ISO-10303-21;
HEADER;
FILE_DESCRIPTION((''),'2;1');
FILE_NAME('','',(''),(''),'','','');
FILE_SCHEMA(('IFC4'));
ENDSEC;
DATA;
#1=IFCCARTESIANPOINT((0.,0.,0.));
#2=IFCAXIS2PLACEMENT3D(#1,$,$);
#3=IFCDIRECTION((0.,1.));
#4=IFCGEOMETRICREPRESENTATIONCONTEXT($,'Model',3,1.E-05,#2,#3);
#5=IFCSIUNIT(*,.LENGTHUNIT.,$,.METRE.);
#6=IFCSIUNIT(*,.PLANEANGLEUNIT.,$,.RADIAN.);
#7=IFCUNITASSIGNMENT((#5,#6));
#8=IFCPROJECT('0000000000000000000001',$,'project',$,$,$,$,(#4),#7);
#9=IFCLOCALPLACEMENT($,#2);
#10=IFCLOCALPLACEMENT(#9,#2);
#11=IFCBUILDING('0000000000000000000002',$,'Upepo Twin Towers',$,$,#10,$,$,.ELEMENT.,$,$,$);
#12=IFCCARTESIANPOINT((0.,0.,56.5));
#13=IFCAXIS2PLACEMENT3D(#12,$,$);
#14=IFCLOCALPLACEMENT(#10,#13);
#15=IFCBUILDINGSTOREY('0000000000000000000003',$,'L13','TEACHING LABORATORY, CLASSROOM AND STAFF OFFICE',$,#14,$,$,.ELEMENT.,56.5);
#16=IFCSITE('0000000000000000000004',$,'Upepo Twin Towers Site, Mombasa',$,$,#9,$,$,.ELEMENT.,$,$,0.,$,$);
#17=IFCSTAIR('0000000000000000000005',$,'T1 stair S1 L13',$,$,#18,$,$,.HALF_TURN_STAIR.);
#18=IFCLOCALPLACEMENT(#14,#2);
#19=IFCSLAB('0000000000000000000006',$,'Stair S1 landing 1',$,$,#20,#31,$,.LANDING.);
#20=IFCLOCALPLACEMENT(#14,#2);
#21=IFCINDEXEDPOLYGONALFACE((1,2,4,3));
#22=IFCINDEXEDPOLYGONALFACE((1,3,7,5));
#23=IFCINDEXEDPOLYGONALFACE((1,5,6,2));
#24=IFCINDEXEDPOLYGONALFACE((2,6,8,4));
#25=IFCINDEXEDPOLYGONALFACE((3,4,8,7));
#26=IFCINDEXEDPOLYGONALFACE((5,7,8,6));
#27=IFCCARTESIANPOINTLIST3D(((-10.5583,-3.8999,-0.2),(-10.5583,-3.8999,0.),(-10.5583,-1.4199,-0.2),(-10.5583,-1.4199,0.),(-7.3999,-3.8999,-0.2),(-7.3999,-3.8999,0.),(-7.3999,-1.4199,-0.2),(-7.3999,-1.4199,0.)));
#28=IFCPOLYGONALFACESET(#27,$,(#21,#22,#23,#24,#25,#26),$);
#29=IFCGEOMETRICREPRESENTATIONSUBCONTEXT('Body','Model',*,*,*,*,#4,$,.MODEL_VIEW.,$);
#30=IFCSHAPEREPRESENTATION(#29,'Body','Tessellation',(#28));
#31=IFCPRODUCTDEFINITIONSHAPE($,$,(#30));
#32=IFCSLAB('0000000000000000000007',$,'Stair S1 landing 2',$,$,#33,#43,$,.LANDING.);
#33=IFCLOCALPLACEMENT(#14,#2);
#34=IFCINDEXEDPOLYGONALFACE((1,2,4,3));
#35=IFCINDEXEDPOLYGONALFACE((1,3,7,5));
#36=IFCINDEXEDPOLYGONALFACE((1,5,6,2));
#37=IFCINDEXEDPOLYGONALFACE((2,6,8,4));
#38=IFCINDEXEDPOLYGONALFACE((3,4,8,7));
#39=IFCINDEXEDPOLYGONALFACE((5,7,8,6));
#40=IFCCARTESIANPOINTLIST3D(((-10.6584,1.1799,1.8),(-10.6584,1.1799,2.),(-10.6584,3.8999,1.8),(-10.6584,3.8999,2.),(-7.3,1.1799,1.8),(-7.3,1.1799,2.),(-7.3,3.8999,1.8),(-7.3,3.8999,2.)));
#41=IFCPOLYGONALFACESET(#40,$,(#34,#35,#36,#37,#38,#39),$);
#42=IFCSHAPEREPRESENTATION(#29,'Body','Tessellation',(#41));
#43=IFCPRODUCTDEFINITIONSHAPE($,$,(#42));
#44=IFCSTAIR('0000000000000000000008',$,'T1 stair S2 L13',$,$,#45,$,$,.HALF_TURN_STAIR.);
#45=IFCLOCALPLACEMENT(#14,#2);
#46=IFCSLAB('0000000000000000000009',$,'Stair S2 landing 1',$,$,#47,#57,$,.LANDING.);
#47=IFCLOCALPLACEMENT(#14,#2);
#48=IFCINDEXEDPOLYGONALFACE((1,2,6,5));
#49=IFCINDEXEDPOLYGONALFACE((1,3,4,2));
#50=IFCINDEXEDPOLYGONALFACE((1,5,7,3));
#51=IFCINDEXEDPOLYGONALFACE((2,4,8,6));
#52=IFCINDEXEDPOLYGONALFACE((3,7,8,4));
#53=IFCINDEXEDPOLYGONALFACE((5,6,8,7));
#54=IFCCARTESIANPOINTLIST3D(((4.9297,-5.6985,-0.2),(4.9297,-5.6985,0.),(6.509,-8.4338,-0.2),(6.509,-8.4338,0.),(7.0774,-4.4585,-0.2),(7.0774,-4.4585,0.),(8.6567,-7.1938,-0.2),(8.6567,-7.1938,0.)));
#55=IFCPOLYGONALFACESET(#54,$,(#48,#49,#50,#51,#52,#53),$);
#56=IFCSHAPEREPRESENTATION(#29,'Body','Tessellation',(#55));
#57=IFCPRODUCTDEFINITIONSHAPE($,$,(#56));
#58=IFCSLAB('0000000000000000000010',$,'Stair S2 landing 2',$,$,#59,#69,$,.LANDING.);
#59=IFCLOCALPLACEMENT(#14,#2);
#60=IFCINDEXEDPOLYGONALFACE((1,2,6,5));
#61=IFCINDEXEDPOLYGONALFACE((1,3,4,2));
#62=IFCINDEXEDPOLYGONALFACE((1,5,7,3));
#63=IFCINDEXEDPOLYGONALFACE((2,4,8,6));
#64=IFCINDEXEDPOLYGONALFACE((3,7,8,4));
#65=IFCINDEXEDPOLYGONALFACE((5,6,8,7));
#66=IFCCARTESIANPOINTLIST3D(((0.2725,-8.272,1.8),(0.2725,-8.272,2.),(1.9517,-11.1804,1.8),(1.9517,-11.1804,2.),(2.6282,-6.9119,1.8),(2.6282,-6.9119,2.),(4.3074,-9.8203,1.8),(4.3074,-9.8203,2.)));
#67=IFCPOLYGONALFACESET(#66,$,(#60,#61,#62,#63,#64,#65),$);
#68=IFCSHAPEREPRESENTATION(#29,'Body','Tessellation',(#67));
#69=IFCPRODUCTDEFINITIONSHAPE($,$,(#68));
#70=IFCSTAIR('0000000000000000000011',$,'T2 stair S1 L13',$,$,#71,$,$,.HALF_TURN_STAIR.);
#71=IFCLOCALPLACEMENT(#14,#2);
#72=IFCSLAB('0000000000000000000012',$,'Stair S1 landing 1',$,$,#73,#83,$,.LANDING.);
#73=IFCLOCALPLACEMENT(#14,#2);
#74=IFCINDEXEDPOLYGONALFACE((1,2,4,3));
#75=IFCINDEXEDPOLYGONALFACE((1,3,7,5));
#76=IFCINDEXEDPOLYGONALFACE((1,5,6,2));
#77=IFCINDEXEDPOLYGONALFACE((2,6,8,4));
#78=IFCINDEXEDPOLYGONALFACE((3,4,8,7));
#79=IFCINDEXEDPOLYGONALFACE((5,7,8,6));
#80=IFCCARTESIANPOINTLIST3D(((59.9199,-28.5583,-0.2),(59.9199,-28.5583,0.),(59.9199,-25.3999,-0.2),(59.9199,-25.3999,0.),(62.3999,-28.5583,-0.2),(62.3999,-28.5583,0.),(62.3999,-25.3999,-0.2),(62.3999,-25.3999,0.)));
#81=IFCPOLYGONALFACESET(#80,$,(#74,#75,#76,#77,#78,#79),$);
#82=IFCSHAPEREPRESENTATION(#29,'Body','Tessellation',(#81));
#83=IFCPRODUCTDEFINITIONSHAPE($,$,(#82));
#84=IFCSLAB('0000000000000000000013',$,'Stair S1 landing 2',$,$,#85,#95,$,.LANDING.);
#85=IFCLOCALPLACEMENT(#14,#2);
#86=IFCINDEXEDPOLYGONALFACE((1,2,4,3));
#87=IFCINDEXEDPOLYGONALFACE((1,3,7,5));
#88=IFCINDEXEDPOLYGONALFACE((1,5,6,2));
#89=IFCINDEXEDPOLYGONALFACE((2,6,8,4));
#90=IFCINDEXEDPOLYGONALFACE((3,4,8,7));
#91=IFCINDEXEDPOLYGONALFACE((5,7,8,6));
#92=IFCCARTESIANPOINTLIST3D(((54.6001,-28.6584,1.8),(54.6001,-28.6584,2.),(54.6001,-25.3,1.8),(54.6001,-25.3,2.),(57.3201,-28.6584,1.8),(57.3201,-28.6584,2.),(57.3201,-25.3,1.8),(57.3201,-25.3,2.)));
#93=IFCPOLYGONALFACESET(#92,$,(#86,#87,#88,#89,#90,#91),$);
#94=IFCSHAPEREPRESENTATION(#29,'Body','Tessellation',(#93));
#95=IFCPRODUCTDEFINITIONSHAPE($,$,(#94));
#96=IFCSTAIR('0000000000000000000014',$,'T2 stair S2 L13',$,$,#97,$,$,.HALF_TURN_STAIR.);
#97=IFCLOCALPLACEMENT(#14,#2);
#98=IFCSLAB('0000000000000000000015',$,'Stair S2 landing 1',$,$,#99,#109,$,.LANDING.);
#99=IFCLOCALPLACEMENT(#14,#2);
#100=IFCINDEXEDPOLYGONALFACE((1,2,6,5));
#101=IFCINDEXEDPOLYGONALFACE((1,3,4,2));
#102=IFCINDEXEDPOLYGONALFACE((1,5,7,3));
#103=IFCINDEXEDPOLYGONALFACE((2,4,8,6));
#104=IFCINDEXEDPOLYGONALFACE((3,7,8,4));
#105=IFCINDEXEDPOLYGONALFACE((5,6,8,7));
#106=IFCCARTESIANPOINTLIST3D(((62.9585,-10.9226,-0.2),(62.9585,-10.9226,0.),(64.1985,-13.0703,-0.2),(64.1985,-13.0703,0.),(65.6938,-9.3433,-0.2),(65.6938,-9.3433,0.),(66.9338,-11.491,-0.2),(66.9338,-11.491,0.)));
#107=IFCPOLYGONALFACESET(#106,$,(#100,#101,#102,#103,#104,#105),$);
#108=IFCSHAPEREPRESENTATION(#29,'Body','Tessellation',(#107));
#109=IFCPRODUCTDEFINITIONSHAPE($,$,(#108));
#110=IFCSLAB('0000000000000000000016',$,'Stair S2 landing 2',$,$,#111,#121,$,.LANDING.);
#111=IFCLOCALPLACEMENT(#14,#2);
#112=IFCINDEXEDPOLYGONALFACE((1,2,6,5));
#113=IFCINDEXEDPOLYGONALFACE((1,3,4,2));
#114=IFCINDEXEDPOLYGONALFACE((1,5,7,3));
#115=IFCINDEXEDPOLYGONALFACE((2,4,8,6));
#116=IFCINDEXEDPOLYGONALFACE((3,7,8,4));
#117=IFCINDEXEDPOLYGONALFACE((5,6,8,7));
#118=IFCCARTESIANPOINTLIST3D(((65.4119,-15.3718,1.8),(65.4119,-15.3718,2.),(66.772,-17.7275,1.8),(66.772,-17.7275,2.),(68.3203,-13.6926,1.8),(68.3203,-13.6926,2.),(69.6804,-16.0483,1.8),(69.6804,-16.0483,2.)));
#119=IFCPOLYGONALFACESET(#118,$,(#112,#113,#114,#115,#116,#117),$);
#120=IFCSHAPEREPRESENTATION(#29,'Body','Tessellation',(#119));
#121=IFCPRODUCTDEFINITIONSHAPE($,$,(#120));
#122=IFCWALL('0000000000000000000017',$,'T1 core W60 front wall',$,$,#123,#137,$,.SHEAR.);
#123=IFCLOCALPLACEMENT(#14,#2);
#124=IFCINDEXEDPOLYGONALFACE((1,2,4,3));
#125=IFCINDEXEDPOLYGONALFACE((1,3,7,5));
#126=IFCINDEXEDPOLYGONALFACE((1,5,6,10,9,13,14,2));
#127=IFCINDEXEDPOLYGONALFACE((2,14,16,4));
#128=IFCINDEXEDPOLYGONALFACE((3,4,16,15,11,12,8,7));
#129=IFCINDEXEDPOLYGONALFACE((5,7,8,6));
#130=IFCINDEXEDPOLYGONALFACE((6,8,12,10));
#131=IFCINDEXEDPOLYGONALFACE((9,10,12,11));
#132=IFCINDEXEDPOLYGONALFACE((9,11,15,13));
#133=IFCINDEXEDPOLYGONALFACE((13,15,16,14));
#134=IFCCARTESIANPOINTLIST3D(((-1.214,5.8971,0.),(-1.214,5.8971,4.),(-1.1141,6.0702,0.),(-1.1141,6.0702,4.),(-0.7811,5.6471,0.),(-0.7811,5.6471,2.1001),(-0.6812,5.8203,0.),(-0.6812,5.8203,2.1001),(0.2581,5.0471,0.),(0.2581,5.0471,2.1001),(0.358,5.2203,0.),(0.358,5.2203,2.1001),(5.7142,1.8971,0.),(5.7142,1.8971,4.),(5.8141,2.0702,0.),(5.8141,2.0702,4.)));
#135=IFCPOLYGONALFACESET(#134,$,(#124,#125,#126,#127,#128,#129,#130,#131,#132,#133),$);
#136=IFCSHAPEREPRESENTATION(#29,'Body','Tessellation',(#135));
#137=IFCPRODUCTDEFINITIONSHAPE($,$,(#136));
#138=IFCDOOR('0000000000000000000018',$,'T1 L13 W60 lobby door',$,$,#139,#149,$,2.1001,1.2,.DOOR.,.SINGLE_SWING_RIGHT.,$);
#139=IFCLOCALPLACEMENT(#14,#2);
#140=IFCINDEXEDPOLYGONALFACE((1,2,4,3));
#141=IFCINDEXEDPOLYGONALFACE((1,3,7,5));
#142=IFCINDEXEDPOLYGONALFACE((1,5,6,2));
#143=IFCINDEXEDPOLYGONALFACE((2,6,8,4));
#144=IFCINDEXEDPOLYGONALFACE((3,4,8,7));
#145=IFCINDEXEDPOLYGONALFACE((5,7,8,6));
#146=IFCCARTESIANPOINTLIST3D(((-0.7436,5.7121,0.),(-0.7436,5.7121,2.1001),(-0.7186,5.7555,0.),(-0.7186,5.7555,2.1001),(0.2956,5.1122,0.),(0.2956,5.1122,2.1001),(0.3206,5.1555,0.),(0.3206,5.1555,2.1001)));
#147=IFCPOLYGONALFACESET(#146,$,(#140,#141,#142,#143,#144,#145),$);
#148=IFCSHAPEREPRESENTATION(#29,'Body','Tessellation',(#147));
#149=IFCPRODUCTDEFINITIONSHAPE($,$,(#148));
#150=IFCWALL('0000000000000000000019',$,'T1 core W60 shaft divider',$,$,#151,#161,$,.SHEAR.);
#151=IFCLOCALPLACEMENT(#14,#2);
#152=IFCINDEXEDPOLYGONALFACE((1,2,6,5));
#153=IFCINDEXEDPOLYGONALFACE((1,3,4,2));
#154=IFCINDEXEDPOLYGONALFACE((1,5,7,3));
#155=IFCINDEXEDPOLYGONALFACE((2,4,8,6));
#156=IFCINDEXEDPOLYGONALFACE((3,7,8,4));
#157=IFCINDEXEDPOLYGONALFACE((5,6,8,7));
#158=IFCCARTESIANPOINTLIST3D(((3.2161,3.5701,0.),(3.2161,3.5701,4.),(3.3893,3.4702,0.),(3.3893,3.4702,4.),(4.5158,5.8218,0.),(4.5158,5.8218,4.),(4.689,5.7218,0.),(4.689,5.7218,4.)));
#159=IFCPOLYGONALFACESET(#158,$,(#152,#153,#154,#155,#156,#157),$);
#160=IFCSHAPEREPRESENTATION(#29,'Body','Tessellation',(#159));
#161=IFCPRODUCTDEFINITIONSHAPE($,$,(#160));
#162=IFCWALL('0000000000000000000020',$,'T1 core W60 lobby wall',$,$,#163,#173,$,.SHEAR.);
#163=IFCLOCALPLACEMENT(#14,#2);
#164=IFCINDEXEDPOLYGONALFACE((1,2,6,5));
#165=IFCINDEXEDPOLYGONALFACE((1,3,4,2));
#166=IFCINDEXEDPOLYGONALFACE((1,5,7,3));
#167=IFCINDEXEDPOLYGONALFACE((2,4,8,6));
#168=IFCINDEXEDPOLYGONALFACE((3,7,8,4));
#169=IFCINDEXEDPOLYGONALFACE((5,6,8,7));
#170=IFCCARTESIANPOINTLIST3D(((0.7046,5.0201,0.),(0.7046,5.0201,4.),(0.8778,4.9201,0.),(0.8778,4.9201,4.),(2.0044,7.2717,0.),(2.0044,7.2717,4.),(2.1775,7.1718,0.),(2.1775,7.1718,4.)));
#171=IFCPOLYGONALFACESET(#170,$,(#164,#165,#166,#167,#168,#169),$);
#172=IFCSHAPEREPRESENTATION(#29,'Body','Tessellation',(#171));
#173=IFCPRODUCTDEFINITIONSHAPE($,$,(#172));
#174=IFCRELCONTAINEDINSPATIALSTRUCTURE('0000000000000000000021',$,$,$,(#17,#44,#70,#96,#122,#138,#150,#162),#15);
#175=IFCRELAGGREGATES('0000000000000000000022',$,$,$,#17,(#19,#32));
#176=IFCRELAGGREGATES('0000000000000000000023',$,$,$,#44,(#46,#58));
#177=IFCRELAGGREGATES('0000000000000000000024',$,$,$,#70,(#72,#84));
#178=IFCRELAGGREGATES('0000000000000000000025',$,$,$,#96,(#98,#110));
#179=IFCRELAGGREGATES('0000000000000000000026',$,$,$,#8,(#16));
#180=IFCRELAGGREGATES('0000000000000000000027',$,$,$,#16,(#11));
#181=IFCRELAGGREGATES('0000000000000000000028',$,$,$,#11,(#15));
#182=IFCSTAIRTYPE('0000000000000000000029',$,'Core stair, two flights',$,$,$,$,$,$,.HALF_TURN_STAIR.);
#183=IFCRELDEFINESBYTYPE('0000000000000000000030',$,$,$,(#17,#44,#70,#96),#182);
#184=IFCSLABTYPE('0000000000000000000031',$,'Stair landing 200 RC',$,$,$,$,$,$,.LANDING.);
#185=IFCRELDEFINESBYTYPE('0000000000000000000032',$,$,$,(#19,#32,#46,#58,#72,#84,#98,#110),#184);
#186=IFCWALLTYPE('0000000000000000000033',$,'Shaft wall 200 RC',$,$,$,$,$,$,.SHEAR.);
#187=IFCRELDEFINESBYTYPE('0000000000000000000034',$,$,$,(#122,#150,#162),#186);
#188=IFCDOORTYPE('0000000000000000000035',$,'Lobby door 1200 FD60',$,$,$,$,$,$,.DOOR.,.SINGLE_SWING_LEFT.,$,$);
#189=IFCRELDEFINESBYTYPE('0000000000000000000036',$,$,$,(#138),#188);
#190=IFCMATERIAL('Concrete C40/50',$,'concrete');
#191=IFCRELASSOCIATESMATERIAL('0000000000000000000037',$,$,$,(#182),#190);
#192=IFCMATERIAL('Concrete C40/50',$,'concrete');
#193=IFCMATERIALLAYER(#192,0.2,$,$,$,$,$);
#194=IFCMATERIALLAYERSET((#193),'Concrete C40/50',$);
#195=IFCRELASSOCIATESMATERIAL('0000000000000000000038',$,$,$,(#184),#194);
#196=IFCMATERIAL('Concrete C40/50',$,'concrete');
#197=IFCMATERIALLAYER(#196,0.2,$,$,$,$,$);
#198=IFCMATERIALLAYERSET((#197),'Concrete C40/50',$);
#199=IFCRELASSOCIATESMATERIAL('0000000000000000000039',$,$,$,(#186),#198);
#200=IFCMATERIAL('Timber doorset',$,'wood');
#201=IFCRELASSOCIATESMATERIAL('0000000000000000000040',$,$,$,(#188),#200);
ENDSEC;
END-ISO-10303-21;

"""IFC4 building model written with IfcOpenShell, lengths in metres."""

from ifc_helpers import new_model, si_unit, direction, frame, frame_2d, origin, place, context, subcontext, project, spatial, polyline, rectangle, outline, extrude, material, layer, layer_set, type_object, element, fill, aggregate, save


model = new_model("IFC4")

# Units and contexts
model_context = context("Model", 3, precision=1e-05, world=origin(), true_north=direction((0.0, 1.0)))
body_context = subcontext(model_context, "Body", "Model", "MODEL_VIEW")
ifc_project = project(units=[si_unit("LENGTHUNIT", "METRE"), si_unit("PLANEANGLEUNIT", "RADIAN")], contexts=[model_context])

# Site, building, storey
site_placement = place(None, origin())
site = spatial("IfcSite", under=ifc_project, at=site_placement, Name="Upepo Twin Towers Site, Mombasa", CompositionType="ELEMENT", RefElevation=0.0)
building_placement = place(site_placement, origin())
building = spatial("IfcBuilding", under=site, at=building_placement, Name="Upepo Twin Towers", CompositionType="ELEMENT")
storey_placement = place(building_placement, frame((0.0, 0.0, 56.5)))
storey = spatial("IfcBuildingStorey", under=building, at=storey_placement, Name="L13", Description="TEACHING LABORATORY, CLASSROOM AND STAFF OFFICE", CompositionType="ELEMENT", Elevation=56.5)

# Stairs, slabs
ifc_material_1 = material(Name="Concrete C40/50", Category="concrete")
stair_type = type_object("IfcStairType", Name="Core stair, two flights", PredefinedType="HALF_TURN_STAIR", material=ifc_material_1)
stair_1_placement = place(storey_placement, origin())
stair_1 = element("IfcStair", 1, at=stair_1_placement, inside=storey, type_object=stair_type, Name="T1 stair S1 L13", PredefinedType="HALF_TURN_STAIR")
ifc_material_2 = material(Name="Concrete C40/50", Category="concrete")
ifc_layer_1 = layer(ifc_material_2, 0.2)
ifc_layer_set_1 = layer_set([ifc_layer_1], Name="Concrete C40/50")
slab_type = type_object("IfcSlabType", Name="Stair landing 200 RC", PredefinedType="LANDING", material=ifc_layer_set_1)
slab_1_placement = place(storey_placement, frame((0.0, 0.0, -0.2)))
slab_1 = element("IfcSlab", 2, at=slab_1_placement, type_object=slab_type, Name="Stair S1 landing 1", PredefinedType="LANDING", context=body_context, shape_type="SweptSolid", body=[
    extrude(outline(polyline([(-7.3999, -1.4199), (-10.5583, -1.4199), (-10.5583, -3.8999), (-7.3999, -3.8999), (-7.3999, -1.4199)])), origin(), (0.0, 0.0, 1.0), 0.2),
])
slab_2_placement = place(storey_placement, frame((0.0, 0.0, 1.8)))
slab_2 = element("IfcSlab", 3, at=slab_2_placement, type_object=slab_type, Name="Stair S1 landing 2", PredefinedType="LANDING", context=body_context, shape_type="SweptSolid", body=[
    extrude(outline(polyline([(-7.3, 3.8999), (-10.6584, 3.8999), (-10.6584, 1.1799), (-7.3, 1.1799), (-7.3, 3.8999)])), origin(), (0.0, 0.0, 1.0), 0.2),
])
aggregate(stair_1, [slab_1, slab_2])
stair_2_placement = place(storey_placement, origin())
stair_2 = element("IfcStair", 4, at=stair_2_placement, inside=storey, type_object=stair_type, Name="T1 stair S2 L13", PredefinedType="HALF_TURN_STAIR")
slab_3_placement = place(storey_placement, frame((0.0, 0.0, -0.2)))
slab_3 = element("IfcSlab", 5, at=slab_3_placement, type_object=slab_type, Name="Stair S2 landing 1", PredefinedType="LANDING", context=body_context, shape_type="SweptSolid", body=[
    extrude(outline(polyline([(4.9297, -5.6985), (6.509, -8.4338), (8.6567, -7.1938), (7.0774, -4.4585), (4.9297, -5.6985)])), origin(), (0.0, 0.0, 1.0), 0.2),
])
slab_4_placement = place(storey_placement, frame((0.0, 0.0, 1.8)))
slab_4 = element("IfcSlab", 6, at=slab_4_placement, type_object=slab_type, Name="Stair S2 landing 2", PredefinedType="LANDING", context=body_context, shape_type="SweptSolid", body=[
    extrude(outline(polyline([(0.2725, -8.272), (1.9517, -11.1804), (4.3074, -9.8203), (2.6282, -6.9119), (0.2725, -8.272)])), origin(), (0.0, 0.0, 1.0), 0.2),
])
aggregate(stair_2, [slab_3, slab_4])
stair_3_placement = place(storey_placement, origin())
stair_3 = element("IfcStair", 7, at=stair_3_placement, inside=storey, type_object=stair_type, Name="T2 stair S1 L13", PredefinedType="HALF_TURN_STAIR")
slab_5_placement = place(storey_placement, frame((0.0, 0.0, -0.2)))
slab_5 = element("IfcSlab", 8, at=slab_5_placement, type_object=slab_type, Name="Stair S1 landing 1", PredefinedType="LANDING", context=body_context, shape_type="SweptSolid", body=[
    extrude(outline(polyline([(59.9199, -25.3999), (59.9199, -28.5583), (62.3999, -28.5583), (62.3999, -25.3999), (59.9199, -25.3999)])), origin(), (0.0, 0.0, 1.0), 0.2),
])
slab_6_placement = place(storey_placement, frame((0.0, 0.0, 1.8)))
slab_6 = element("IfcSlab", 9, at=slab_6_placement, type_object=slab_type, Name="Stair S1 landing 2", PredefinedType="LANDING", context=body_context, shape_type="SweptSolid", body=[
    extrude(outline(polyline([(54.6001, -25.3), (54.6001, -28.6584), (57.3201, -28.6584), (57.3201, -25.3), (54.6001, -25.3)])), origin(), (0.0, 0.0, 1.0), 0.2),
])
aggregate(stair_3, [slab_5, slab_6])
stair_4_placement = place(storey_placement, origin())
stair_4 = element("IfcStair", 10, at=stair_4_placement, inside=storey, type_object=stair_type, Name="T2 stair S2 L13", PredefinedType="HALF_TURN_STAIR")
slab_7_placement = place(storey_placement, frame((0.0, 0.0, -0.2)))
slab_7 = element("IfcSlab", 11, at=slab_7_placement, type_object=slab_type, Name="Stair S2 landing 1", PredefinedType="LANDING", context=body_context, shape_type="SweptSolid", body=[
    extrude(outline(polyline([(64.1985, -13.0703), (66.9338, -11.491), (65.6938, -9.3433), (62.9585, -10.9226), (64.1985, -13.0703)])), origin(), (0.0, 0.0, 1.0), 0.2),
])
slab_8_placement = place(storey_placement, frame((0.0, 0.0, 1.8)))
slab_8 = element("IfcSlab", 12, at=slab_8_placement, type_object=slab_type, Name="Stair S2 landing 2", PredefinedType="LANDING", context=body_context, shape_type="SweptSolid", body=[
    extrude(outline(polyline([(66.772, -17.7275), (69.6804, -16.0483), (68.3203, -13.6926), (65.4119, -15.3718), (66.772, -17.7275)])), origin(), (0.0, 0.0, 1.0), 0.2),
])
aggregate(stair_4, [slab_7, slab_8])

# Wall, opening, door
ifc_material_3 = material(Name="Concrete C40/50", Category="concrete")
ifc_layer_2 = layer(ifc_material_3, 0.2)
ifc_layer_set_2 = layer_set([ifc_layer_2], Name="Concrete C40/50")
wall_type_1 = type_object("IfcWallType", Name="Shaft wall 200 RC", PredefinedType="SHEAR", material=ifc_layer_set_2)
wall_1_placement = place(storey_placement, frame((5.7642, 1.9836, 0.0), z_axis=(0.0, 0.0, 1.0), x_axis=(-0.866026, 0.499999, 0.0)))
wall_1 = element("IfcWall", 13, at=wall_1_placement, inside=storey, type_object=wall_type_1, Name="T1 core W60 front wall", PredefinedType="SHEAR", context=body_context, shape_type="SweptSolid", body=[
    extrude(rectangle(XDim=8.0, YDim=0.2, at=frame_2d((4.0, 0.0))), origin(), (0.0, 0.0, 1.0), 4.0),
])
opening_1_placement = place(wall_1_placement, frame((6.3, 0.0, 0.0)))
opening_1 = element("IfcOpeningElement", 14, at=opening_1_placement, cuts=wall_1, PredefinedType="OPENING", context=body_context, shape_type="SweptSolid", body=[
    extrude(rectangle(XDim=1.2, YDim=2.1001, at=frame_2d((0.6001, 1.05))), frame((0.0, 0.1099, 0.0), z_axis=(0.0, -1.0, 0.0), x_axis=(1.0, 0.0, 0.0)), (0.0, 0.0, 1.0), 0.22),
])
ifc_material_4 = material(Name="Timber doorset", Category="wood")
door_type_1 = type_object("IfcDoorType", Name="Lobby door 1200 FD60", OperationType="SINGLE_SWING_LEFT", PredefinedType="DOOR", material=ifc_material_4)
door_1_placement = place(opening_1_placement, origin())
door_1 = element("IfcDoor", 15, at=door_1_placement, inside=storey, type_object=door_type_1, Name="T1 L13 W60 lobby door", OperationType="SINGLE_SWING_RIGHT", OverallHeight=2.1001, OverallWidth=1.2, PredefinedType="DOOR", context=body_context, shape_type="SweptSolid", body=[
    extrude(rectangle(XDim=1.2, YDim=2.1001, at=frame_2d((0.6001, 1.05))), frame((0.0, 0.0249, 0.0), z_axis=(0.0, -1.0, 0.0), x_axis=(1.0, 0.0, 0.0)), (0.0, 0.0, 1.0), 0.05),
])
fill(opening_1, door_1)

# Walls
for number, where, z_axis, x_axis, name in (
    (16, (3.3027, 3.5203, 0.0), (0.0, 0.0, 1.0), (0.499937, 0.866062, 0.0), "T1 core W60 shaft divider"),
    (17, (0.7913, 4.9702, 0.0), (0.0, 0.0, 1.0), (0.499937, 0.866062, 0.0), "T1 core W60 lobby wall"),
):
    element("IfcWall", number, at=place(storey_placement, frame(where, z_axis=z_axis, x_axis=x_axis)), inside=storey, type_object=wall_type_1, Name=name, PredefinedType="SHEAR", context=body_context, shape_type="SweptSolid", body=[
        extrude(rectangle(XDim=2.5999, YDim=0.2, at=frame_2d((1.2998, 0.0))), origin(), (0.0, 0.0, 1.0), 4.0),
    ])

save(model, "model.ifc")
